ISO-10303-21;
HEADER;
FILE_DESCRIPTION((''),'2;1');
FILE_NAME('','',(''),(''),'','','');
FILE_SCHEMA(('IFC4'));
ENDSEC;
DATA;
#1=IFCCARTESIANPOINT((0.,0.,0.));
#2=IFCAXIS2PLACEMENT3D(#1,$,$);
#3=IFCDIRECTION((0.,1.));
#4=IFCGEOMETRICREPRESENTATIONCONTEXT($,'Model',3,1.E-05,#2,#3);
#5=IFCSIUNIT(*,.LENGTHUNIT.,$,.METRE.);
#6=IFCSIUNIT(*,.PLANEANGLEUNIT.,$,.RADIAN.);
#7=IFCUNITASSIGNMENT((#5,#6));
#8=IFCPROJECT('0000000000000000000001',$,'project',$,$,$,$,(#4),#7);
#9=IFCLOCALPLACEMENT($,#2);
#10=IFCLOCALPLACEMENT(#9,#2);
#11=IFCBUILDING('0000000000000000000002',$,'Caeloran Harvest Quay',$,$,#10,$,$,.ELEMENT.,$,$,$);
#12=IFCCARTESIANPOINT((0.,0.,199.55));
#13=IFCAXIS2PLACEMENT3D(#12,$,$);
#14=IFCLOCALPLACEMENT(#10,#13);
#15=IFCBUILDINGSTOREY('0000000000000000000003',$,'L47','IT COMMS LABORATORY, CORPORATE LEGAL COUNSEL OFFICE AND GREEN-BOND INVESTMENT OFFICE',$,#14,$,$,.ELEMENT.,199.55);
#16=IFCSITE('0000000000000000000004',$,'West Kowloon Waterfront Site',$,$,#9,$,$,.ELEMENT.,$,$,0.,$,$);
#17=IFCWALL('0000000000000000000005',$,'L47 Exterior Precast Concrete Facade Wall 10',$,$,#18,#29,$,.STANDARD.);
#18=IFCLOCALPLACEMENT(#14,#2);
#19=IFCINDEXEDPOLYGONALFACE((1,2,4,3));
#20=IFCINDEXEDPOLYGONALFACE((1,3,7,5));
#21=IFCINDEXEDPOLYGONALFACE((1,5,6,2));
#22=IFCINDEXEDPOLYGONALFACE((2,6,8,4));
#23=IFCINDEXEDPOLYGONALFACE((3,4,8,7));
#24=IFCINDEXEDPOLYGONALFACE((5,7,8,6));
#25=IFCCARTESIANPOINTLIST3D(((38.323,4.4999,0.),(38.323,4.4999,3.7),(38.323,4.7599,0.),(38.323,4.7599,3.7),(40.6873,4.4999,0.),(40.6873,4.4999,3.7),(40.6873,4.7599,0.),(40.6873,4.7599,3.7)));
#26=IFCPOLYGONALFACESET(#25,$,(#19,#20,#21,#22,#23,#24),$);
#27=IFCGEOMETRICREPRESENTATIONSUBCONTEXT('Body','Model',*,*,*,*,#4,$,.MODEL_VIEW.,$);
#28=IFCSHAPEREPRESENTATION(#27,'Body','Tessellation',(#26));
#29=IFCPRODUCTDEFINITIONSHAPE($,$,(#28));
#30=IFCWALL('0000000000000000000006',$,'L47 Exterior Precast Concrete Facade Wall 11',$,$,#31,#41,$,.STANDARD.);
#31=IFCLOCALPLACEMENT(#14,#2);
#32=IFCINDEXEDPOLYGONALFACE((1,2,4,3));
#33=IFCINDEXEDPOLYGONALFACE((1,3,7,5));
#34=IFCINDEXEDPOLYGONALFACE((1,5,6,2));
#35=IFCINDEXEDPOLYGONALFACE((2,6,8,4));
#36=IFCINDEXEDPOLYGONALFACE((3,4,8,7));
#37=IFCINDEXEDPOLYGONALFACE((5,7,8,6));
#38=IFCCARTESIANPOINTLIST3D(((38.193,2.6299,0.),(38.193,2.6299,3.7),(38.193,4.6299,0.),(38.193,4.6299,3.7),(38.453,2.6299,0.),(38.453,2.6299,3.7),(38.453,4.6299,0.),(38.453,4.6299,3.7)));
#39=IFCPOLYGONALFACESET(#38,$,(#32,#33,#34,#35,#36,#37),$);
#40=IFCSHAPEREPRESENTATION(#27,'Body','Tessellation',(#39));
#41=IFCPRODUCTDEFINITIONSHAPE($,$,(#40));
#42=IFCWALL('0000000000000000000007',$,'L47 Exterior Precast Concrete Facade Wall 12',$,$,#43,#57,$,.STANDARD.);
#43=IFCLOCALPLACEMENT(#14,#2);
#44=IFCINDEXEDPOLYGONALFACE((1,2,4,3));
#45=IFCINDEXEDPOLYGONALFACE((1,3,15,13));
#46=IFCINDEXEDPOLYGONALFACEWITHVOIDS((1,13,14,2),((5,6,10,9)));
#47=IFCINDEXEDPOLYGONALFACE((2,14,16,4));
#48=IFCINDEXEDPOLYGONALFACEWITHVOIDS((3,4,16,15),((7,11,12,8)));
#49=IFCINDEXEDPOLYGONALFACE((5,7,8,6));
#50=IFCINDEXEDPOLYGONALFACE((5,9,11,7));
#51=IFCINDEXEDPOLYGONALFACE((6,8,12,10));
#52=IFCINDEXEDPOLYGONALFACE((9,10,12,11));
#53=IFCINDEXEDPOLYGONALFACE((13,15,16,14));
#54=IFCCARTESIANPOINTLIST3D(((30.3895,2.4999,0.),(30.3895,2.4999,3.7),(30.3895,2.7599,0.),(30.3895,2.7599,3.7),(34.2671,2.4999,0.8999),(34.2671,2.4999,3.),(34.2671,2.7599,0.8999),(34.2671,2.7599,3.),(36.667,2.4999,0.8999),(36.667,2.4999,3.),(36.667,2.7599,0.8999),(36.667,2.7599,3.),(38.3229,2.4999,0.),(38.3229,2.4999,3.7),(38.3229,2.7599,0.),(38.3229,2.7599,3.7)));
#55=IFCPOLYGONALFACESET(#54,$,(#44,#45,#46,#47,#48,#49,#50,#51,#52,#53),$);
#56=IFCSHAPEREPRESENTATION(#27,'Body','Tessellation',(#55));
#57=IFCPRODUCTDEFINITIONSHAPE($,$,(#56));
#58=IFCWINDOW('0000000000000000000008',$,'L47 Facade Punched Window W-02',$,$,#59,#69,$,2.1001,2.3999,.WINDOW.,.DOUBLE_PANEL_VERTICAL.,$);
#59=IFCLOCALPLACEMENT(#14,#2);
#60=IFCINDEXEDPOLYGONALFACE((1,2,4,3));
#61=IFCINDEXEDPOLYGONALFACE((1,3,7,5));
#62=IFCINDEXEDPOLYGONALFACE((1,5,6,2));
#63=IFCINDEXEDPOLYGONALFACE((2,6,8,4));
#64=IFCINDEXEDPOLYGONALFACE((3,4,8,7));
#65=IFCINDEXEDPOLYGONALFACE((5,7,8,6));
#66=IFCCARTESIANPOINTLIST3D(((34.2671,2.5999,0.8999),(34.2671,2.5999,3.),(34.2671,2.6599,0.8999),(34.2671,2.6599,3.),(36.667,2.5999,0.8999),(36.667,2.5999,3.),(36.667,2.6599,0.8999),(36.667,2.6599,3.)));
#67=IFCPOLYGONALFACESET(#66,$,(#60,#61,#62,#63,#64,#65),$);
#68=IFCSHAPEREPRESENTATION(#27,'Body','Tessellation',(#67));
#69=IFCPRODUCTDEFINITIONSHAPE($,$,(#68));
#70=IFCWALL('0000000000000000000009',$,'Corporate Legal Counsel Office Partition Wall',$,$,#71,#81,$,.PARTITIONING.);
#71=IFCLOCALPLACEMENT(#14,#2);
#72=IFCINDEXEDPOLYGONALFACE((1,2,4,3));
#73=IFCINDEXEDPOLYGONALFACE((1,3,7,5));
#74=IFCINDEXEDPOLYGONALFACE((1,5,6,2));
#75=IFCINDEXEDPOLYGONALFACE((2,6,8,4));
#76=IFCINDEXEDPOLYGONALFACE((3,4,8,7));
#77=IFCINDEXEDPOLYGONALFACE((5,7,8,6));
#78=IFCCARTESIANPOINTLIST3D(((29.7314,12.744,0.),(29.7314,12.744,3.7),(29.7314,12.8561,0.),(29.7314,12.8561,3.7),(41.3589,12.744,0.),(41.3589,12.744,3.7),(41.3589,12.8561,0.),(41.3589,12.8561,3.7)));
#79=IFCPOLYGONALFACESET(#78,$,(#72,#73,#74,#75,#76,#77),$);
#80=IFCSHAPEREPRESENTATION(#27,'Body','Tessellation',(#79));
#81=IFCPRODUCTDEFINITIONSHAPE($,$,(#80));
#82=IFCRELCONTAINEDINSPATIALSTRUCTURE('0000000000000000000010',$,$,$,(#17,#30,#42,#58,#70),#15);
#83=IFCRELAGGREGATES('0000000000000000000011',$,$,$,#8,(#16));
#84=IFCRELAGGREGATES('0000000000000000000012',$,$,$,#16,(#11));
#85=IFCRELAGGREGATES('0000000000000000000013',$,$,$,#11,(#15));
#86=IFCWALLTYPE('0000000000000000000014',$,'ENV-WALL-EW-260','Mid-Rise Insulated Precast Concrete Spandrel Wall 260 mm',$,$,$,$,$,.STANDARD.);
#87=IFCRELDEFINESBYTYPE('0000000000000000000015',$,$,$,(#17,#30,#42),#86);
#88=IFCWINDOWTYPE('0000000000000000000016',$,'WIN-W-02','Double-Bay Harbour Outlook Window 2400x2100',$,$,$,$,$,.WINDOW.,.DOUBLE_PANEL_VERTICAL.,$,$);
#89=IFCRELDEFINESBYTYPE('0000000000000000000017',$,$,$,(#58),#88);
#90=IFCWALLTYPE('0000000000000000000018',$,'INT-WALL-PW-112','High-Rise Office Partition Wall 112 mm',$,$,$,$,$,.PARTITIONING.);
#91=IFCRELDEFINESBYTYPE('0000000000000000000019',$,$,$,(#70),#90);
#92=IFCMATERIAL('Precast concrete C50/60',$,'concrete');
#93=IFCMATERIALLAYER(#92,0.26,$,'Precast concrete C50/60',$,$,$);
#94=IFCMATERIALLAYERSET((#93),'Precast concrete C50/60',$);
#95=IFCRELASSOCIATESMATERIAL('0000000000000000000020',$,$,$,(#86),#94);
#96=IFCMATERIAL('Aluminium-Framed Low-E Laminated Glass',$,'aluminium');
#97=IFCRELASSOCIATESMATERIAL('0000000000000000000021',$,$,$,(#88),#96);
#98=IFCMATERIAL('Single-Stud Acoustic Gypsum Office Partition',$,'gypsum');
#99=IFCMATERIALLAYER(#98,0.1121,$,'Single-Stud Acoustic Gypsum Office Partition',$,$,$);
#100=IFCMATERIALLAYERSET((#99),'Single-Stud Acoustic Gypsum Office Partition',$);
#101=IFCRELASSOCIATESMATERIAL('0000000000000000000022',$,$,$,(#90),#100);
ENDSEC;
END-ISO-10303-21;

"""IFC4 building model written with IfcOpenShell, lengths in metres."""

from ifc_helpers import new_model, si_unit, direction, frame, frame_2d, origin, place, context, subcontext, project, spatial, rectangle, extrude, material, layer, layer_set, type_object, element, fill, save


model = new_model("IFC4")

# Units and contexts
model_context = context("Model", 3, precision=1e-05, world=origin(), true_north=direction((0.0, 1.0)))
body_context = subcontext(model_context, "Body", "Model", "MODEL_VIEW")
ifc_project = project(units=[si_unit("LENGTHUNIT", "METRE"), si_unit("PLANEANGLEUNIT", "RADIAN")], contexts=[model_context])

# Site, building, storey
site_placement = place(None, origin())
site = spatial("IfcSite", under=ifc_project, at=site_placement, Name="West Kowloon Waterfront Site", CompositionType="ELEMENT", RefElevation=0.0)
building_placement = place(site_placement, origin())
building = spatial("IfcBuilding", under=site, at=building_placement, Name="Caeloran Harvest Quay", CompositionType="ELEMENT")
storey_placement = place(building_placement, frame((0.0, 0.0, 199.55)))
storey = spatial("IfcBuildingStorey", under=building, at=storey_placement, Name="L47", Description="IT COMMS LABORATORY, CORPORATE LEGAL COUNSEL OFFICE AND GREEN-BOND INVESTMENT OFFICE", CompositionType="ELEMENT", Elevation=199.55)

# Walls
ifc_material_1 = material(Name="Precast concrete C50/60", Category="concrete")
ifc_layer_1 = layer(ifc_material_1, 0.26, Name="Precast concrete C50/60")
ifc_layer_set_1 = layer_set([ifc_layer_1], Name="Precast concrete C50/60")
wall_type_1 = type_object("IfcWallType", Name="ENV-WALL-EW-260", Description="Mid-Rise Insulated Precast Concrete Spandrel Wall 260 mm", PredefinedType="STANDARD", material=ifc_layer_set_1)
wall_1_placement = place(storey_placement, frame((40.6873, 4.6299, 0.0), z_axis=(0.0, 0.0, 1.0), x_axis=(-1.0, 0.0, 0.0)))
element("IfcWall", 1, at=wall_1_placement, inside=storey, type_object=wall_type_1, Name="L47 Exterior Precast Concrete Facade Wall 10", PredefinedType="STANDARD", context=body_context, shape_type="SweptSolid", body=[
    extrude(rectangle(XDim=2.3643, YDim=0.26, at=frame_2d((1.1821, 0.0))), origin(), (0.0, 0.0, 1.0), 3.7),
])
wall_2_placement = place(storey_placement, frame((38.323, 4.6299, 0.0), z_axis=(0.0, 0.0, 1.0), x_axis=(0.0, -1.0, 0.0)))
element("IfcWall", 2, at=wall_2_placement, inside=storey, type_object=wall_type_1, Name="L47 Exterior Precast Concrete Facade Wall 11", PredefinedType="STANDARD", context=body_context, shape_type="SweptSolid", body=[
    extrude(rectangle(XDim=2.0, YDim=0.26, at=frame_2d((1.0, 0.0))), origin(), (0.0, 0.0, 1.0), 3.7),
])

# Wall, opening, window
wall_3_placement = place(storey_placement, frame((38.323, 2.6299, 0.0), z_axis=(0.0, 0.0, 1.0), x_axis=(-1.0, 0.0, 0.0)))
wall_3 = element("IfcWall", 3, at=wall_3_placement, inside=storey, type_object=wall_type_1, Name="L47 Exterior Precast Concrete Facade Wall 12", PredefinedType="STANDARD", context=body_context, shape_type="SweptSolid", body=[
    extrude(rectangle(XDim=7.9333, YDim=0.26, at=frame_2d((3.9668, 0.0))), origin(), (0.0, 0.0, 1.0), 3.7),
])
opening_placement = place(wall_3_placement, frame((1.656, 0.0, 0.8999)))
opening = element("IfcOpeningElement", 4, at=opening_placement, cuts=wall_3, PredefinedType="OPENING", context=body_context, shape_type="SweptSolid", body=[
    extrude(rectangle(XDim=2.3999, YDim=2.1001, at=frame_2d((1.2, 1.05))), frame((0.0, 0.1401, 0.0), z_axis=(0.0, -1.0, 0.0), x_axis=(1.0, 0.0, 0.0)), (0.0, 0.0, 1.0), 0.28),
])
ifc_material_2 = material(Name="Aluminium-Framed Low-E Laminated Glass", Category="aluminium")
window_type = type_object("IfcWindowType", Name="WIN-W-02", Description="Double-Bay Harbour Outlook Window 2400x2100", PartitioningType="DOUBLE_PANEL_VERTICAL", PredefinedType="WINDOW", material=ifc_material_2)
window_placement = place(opening_placement, origin())
window = element("IfcWindow", 5, at=window_placement, inside=storey, type_object=window_type, Name="L47 Facade Punched Window W-02", OverallHeight=2.1001, OverallWidth=2.3999, PartitioningType="DOUBLE_PANEL_VERTICAL", PredefinedType="WINDOW", context=body_context, shape_type="SweptSolid", body=[
    extrude(rectangle(XDim=2.3999, YDim=2.1001, at=frame_2d((1.2, 1.05))), frame((0.0, 0.03, 0.0), z_axis=(0.0, -1.0, 0.0), x_axis=(1.0, 0.0, 0.0)), (0.0, 0.0, 1.0), 0.0601),
])
fill(opening, window)

# Wall
ifc_material_3 = material(Name="Single-Stud Acoustic Gypsum Office Partition", Category="gypsum")
ifc_layer_2 = layer(ifc_material_3, 0.1121, Name="Single-Stud Acoustic Gypsum Office Partition")
ifc_layer_set_2 = layer_set([ifc_layer_2], Name="Single-Stud Acoustic Gypsum Office Partition")
wall_type_2 = type_object("IfcWallType", Name="INT-WALL-PW-112", Description="High-Rise Office Partition Wall 112 mm", PredefinedType="PARTITIONING", material=ifc_layer_set_2)
wall_4_placement = place(storey_placement, frame((41.3589, 12.8, 0.0), z_axis=(0.0, 0.0, 1.0), x_axis=(-1.0, 0.0, 0.0)))
element("IfcWall", 6, at=wall_4_placement, inside=storey, type_object=wall_type_2, Name="Corporate Legal Counsel Office Partition Wall", PredefinedType="PARTITIONING", context=body_context, shape_type="SweptSolid", body=[
    extrude(rectangle(XDim=11.6274, YDim=0.1121, at=frame_2d((5.8137, 0.0))), origin(), (0.0, 0.0, 1.0), 3.7),
])

save(model, "model.ifc")
